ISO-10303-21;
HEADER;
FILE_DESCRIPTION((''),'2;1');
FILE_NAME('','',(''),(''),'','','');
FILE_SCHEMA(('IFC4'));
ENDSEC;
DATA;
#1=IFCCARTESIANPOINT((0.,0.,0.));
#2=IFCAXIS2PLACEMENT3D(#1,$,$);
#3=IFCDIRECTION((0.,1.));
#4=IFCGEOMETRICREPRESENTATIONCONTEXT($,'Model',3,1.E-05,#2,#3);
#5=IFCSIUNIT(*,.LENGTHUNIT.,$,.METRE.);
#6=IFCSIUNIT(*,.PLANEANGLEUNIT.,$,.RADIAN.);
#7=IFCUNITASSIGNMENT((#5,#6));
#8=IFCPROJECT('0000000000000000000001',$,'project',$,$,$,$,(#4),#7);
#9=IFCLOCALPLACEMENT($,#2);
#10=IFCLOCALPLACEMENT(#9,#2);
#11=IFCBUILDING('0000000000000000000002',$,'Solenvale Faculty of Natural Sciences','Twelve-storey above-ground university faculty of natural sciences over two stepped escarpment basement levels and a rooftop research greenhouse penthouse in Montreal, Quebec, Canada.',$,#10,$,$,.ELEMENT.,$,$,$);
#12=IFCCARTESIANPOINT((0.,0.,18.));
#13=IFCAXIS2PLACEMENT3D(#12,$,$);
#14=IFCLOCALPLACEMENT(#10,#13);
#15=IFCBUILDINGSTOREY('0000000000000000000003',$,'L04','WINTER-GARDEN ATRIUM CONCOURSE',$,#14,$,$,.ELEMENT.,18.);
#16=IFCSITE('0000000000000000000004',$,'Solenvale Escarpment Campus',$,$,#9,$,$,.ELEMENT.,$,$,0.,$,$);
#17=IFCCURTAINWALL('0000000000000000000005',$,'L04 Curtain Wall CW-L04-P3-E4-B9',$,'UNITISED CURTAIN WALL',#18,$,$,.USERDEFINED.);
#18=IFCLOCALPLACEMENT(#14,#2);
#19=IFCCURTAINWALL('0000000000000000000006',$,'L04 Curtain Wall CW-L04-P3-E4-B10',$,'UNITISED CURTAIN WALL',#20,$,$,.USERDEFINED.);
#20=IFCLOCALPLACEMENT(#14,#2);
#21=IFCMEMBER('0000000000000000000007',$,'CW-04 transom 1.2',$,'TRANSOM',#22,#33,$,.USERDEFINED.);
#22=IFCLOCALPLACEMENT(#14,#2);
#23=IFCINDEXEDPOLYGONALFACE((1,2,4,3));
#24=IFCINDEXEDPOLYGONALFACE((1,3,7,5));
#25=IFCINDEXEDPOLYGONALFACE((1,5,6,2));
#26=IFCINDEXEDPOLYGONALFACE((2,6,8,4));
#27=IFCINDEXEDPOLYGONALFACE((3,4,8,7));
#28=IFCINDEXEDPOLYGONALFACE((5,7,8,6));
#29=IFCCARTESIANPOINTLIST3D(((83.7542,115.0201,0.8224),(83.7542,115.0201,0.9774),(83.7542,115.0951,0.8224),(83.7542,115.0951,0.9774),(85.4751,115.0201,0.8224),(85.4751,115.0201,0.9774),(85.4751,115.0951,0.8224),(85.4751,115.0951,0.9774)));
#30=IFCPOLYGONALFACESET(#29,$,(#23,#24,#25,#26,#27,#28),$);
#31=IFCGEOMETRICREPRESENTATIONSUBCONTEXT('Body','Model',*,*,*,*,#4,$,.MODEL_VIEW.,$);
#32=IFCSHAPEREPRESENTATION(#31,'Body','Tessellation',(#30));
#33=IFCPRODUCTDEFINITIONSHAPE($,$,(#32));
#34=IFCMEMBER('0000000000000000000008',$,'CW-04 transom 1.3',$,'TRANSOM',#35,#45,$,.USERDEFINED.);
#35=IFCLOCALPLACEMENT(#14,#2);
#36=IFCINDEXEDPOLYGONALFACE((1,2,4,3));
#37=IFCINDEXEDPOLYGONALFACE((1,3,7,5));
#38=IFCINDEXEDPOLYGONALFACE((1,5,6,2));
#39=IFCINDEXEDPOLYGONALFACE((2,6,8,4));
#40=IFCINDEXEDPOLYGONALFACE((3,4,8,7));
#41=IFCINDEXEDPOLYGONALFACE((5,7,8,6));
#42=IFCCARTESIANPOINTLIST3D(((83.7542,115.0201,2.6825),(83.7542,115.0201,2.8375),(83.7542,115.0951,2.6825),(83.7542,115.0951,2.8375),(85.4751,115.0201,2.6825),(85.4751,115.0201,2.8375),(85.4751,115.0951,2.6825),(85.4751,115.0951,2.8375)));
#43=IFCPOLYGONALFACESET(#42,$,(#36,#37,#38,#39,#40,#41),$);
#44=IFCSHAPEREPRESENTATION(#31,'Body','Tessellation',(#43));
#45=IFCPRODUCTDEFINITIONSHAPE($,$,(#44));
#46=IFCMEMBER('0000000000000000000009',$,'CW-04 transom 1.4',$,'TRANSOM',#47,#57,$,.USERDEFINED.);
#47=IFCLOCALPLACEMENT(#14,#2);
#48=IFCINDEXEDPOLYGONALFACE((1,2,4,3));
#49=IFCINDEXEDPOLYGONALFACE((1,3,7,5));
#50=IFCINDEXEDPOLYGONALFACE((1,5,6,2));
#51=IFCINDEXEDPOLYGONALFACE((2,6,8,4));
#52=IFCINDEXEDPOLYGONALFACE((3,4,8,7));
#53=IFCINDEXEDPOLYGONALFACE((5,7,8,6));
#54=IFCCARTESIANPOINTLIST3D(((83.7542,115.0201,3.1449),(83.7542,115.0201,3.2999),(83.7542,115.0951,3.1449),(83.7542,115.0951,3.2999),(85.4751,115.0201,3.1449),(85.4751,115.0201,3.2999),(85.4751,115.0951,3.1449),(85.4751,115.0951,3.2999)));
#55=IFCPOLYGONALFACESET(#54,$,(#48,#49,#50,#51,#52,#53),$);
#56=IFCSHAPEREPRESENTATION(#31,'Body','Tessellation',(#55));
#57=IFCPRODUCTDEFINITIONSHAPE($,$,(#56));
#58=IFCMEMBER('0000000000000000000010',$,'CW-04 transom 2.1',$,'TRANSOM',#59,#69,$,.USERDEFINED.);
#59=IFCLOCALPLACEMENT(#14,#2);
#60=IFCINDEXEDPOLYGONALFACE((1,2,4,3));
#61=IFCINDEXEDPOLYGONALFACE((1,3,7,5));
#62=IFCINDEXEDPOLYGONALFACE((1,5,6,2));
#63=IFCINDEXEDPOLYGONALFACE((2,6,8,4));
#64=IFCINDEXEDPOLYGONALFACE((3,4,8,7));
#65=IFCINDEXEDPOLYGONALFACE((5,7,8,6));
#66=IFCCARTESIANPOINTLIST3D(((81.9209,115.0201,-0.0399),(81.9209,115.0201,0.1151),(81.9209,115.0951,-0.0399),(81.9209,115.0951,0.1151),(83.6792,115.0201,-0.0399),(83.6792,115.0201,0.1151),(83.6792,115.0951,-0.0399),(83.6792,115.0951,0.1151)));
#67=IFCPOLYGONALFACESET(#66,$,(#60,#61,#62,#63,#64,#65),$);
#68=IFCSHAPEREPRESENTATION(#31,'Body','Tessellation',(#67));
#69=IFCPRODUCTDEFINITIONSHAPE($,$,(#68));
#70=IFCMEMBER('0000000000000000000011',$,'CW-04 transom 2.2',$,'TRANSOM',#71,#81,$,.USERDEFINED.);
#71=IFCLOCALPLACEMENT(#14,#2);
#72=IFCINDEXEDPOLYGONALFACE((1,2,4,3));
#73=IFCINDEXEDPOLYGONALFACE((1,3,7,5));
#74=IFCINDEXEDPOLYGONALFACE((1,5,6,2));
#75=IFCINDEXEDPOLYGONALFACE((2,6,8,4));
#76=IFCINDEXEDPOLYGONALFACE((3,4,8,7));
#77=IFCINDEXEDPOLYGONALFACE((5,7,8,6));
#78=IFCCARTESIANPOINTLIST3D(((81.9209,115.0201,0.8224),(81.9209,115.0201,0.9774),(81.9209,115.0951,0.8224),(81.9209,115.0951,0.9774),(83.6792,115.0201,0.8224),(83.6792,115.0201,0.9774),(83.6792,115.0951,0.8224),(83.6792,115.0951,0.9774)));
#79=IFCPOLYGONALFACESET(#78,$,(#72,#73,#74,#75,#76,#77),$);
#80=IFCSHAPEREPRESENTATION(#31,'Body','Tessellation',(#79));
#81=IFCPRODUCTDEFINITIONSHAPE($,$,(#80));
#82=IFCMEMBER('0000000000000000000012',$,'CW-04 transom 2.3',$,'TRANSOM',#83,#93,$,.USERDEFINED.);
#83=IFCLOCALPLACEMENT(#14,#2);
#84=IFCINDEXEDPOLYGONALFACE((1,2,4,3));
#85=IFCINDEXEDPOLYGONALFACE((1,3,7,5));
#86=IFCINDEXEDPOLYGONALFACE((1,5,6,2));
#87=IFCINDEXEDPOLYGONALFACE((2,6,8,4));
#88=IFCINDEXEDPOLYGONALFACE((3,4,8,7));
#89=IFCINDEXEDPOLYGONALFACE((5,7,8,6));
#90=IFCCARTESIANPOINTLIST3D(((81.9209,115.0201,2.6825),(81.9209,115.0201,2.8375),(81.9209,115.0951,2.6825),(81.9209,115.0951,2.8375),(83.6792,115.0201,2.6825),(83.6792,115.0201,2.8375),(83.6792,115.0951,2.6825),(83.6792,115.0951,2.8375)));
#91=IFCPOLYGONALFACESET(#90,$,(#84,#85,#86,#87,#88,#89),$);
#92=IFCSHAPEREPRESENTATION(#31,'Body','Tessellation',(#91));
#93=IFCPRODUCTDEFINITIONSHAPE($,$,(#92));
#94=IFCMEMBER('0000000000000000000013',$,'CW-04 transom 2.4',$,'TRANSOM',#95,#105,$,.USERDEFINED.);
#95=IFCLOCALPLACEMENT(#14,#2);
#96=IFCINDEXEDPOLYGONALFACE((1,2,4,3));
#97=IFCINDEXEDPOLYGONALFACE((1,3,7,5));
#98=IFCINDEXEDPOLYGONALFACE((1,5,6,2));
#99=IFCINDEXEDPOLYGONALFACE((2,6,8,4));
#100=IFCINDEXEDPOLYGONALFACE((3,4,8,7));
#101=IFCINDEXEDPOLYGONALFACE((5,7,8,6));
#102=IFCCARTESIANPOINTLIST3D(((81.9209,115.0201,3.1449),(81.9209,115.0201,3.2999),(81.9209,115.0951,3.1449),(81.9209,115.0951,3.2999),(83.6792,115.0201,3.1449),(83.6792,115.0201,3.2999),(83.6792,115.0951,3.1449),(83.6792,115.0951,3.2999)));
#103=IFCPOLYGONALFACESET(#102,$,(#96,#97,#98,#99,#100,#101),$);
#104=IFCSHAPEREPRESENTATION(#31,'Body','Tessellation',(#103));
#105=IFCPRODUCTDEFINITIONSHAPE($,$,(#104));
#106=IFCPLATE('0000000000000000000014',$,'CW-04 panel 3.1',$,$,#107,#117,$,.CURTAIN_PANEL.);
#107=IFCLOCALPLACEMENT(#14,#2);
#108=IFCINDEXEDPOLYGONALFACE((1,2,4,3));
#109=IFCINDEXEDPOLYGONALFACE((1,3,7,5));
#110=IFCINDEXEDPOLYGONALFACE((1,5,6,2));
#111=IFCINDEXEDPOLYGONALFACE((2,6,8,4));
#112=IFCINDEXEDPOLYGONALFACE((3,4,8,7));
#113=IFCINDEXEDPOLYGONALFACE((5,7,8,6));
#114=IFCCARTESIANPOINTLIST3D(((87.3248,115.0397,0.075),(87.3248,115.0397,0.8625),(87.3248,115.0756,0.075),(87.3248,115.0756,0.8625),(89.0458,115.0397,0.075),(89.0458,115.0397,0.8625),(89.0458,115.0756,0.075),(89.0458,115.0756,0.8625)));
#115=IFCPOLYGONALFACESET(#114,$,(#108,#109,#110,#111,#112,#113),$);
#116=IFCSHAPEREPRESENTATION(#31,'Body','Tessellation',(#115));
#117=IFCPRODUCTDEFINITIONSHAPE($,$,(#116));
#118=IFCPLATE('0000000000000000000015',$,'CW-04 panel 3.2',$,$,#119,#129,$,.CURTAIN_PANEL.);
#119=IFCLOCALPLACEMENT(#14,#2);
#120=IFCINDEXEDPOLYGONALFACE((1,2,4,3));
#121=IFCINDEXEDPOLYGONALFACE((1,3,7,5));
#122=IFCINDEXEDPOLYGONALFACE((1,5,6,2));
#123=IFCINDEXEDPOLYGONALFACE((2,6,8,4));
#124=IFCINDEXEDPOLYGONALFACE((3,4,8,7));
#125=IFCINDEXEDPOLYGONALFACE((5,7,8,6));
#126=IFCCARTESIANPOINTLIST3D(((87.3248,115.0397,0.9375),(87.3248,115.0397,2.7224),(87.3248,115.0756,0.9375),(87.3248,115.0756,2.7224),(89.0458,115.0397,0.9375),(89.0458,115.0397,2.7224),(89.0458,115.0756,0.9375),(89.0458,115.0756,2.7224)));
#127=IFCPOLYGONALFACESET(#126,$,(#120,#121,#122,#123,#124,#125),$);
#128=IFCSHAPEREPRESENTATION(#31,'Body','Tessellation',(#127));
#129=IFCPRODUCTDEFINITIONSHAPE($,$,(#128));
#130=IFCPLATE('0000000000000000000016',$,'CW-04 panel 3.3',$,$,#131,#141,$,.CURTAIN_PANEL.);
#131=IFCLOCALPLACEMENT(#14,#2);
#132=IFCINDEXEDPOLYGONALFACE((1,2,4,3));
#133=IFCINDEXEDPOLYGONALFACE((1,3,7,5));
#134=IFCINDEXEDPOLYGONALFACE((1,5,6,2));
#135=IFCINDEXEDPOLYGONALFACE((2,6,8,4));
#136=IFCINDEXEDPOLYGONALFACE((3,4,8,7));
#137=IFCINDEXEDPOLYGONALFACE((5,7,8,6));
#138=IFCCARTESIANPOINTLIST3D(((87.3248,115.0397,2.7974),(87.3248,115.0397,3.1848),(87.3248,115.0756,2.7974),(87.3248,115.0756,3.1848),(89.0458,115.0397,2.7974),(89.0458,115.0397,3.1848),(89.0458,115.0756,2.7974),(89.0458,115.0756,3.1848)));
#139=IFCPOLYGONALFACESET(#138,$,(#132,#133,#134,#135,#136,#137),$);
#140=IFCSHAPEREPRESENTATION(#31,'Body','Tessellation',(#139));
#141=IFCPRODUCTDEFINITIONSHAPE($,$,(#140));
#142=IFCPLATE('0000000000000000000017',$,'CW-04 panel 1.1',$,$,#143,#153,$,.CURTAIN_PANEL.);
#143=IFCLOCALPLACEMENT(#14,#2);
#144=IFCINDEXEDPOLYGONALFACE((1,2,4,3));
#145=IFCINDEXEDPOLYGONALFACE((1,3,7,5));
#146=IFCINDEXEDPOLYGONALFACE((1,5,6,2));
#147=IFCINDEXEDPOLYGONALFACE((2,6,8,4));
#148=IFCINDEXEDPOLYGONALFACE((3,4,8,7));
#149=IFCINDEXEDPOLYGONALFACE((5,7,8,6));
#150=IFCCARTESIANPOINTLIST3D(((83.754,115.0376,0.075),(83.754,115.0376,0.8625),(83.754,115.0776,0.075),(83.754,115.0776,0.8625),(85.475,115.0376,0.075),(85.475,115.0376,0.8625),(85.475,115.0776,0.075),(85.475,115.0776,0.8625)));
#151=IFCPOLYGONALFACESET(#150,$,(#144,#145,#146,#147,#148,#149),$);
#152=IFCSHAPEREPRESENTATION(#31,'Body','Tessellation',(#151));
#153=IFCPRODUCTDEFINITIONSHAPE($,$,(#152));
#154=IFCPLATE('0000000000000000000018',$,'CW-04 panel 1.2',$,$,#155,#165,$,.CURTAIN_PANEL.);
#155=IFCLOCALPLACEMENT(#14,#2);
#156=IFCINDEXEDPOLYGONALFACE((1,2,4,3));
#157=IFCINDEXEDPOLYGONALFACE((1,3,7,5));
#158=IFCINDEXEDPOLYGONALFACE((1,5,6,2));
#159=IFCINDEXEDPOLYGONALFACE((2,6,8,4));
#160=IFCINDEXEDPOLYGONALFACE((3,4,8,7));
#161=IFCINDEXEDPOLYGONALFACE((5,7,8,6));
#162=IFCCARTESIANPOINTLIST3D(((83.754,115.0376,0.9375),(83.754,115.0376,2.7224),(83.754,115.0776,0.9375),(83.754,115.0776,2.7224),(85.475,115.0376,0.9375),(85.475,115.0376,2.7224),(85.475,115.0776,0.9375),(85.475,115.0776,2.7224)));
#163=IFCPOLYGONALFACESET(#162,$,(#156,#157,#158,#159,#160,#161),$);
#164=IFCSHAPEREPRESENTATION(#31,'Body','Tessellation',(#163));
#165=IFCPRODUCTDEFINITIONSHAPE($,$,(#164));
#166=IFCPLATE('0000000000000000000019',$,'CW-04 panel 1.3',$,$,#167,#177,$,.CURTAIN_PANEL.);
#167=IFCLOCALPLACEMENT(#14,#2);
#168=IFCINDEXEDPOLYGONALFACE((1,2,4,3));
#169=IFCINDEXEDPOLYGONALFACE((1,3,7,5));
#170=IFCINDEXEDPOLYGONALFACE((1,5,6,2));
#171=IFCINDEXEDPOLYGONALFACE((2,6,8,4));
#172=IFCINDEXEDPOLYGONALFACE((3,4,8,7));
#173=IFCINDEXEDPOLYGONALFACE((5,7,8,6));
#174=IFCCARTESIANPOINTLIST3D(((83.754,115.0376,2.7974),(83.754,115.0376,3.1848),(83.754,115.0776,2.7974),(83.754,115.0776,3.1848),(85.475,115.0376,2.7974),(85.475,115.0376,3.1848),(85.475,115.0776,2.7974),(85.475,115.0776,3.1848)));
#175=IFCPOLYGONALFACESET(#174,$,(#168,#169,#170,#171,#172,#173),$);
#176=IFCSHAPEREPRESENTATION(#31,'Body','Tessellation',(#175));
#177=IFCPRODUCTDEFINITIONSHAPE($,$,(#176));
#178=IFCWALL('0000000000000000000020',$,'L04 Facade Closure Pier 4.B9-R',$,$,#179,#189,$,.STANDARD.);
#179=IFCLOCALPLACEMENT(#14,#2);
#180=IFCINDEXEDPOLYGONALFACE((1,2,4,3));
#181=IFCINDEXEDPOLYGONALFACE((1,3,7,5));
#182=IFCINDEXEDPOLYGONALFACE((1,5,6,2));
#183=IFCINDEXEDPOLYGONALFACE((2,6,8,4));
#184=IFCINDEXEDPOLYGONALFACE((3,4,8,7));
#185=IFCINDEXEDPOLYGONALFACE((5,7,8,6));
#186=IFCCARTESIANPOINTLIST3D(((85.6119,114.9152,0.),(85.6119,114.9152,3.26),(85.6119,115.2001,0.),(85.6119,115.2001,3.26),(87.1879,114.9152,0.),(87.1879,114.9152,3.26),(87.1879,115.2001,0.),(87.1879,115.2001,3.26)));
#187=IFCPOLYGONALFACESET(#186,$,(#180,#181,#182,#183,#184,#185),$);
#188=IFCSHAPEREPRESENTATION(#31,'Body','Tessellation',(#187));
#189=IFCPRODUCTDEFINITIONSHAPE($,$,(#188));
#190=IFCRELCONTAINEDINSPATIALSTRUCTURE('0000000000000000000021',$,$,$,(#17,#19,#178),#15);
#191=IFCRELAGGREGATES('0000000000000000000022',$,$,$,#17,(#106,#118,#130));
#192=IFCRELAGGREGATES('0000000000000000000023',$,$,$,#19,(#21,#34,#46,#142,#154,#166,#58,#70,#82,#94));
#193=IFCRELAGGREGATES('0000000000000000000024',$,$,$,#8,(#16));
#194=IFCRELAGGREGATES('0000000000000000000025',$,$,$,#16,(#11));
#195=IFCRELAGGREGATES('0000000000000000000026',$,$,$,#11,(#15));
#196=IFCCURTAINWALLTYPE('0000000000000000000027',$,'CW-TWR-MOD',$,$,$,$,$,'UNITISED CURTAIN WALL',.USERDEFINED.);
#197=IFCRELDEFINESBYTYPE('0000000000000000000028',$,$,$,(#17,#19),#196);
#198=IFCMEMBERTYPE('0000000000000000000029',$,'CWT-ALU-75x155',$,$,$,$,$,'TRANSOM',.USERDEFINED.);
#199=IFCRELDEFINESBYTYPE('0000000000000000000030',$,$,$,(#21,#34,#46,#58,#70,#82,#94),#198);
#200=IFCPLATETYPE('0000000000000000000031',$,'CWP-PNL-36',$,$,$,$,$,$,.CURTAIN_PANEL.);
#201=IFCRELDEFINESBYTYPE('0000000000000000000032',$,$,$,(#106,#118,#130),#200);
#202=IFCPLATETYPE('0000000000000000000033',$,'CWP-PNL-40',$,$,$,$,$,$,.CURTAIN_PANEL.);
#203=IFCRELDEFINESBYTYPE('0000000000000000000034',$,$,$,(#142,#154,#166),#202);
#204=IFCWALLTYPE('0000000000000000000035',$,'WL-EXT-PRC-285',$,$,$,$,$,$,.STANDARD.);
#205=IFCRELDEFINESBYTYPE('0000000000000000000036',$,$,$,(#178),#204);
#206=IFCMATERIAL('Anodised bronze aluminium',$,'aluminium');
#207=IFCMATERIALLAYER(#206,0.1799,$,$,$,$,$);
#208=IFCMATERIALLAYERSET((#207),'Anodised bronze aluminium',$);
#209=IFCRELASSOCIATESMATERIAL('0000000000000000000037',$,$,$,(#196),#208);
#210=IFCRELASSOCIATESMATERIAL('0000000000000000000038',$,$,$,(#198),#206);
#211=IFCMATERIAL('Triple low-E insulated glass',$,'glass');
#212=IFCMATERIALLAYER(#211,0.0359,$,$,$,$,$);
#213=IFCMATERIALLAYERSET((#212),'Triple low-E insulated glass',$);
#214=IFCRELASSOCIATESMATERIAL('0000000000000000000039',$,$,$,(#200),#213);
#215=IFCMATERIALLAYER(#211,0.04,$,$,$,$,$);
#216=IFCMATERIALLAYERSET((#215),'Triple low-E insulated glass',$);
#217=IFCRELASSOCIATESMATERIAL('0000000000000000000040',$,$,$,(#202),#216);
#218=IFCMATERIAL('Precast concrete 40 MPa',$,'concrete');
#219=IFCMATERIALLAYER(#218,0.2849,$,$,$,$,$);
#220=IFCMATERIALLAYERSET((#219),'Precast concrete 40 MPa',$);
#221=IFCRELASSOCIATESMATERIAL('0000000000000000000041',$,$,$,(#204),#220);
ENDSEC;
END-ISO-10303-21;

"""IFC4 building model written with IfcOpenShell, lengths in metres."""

from ifc_helpers import new_model, si_unit, direction, frame, frame_2d, origin, origin_2d, place, context, subcontext, project, spatial, rectangle, extrude, material, layer, layer_set, material_profile, profile_set, type_object, element, aggregate, save


model = new_model("IFC4")

# Units and contexts
model_context = context("Model", 3, precision=1e-05, world=origin(), true_north=direction((0.0, 1.0)))
body_context = subcontext(model_context, "Body", "Model", "MODEL_VIEW")
ifc_project = project(units=[si_unit("LENGTHUNIT", "METRE"), si_unit("PLANEANGLEUNIT", "RADIAN")], contexts=[model_context])

# Site, building, storey
site_placement = place(None, origin())
site = spatial("IfcSite", under=ifc_project, at=site_placement, Name="Solenvale Escarpment Campus", CompositionType="ELEMENT", RefElevation=0.0)
building_placement = place(site_placement, origin())
building = spatial("IfcBuilding", under=site, at=building_placement, Name="Solenvale Faculty of Natural Sciences", Description="Twelve-storey above-ground university faculty of natural sciences over two stepped escarpment basement levels and a rooftop research greenhouse penthouse in Montreal, Quebec, Canada.", CompositionType="ELEMENT")
storey_placement = place(building_placement, frame((0.0, 0.0, 18.0)))
storey = spatial("IfcBuildingStorey", under=building, at=storey_placement, Name="L04", Description="WINTER-GARDEN ATRIUM CONCOURSE", CompositionType="ELEMENT", Elevation=18.0)

# Shared definitions
ifc_material_1 = material(Name="Precast concrete 40 MPa", Category="concrete")

# Curtain wall
ifc_material_2 = material(Name="Anodised bronze aluminium", Category="aluminium")
ifc_layer_1 = layer(ifc_material_2, 0.1799)
ifc_layer_set_1 = layer_set([ifc_layer_1], Name="Anodised bronze aluminium")
curtain_wall_type = type_object("IfcCurtainWallType", Name="CW-TWR-MOD", ElementType="UNITISED CURTAIN WALL", PredefinedType="USERDEFINED", material=ifc_layer_set_1)
curtain_wall_1_placement = place(storey_placement, origin())
curtain_wall_1 = element("IfcCurtainWall", 1, at=curtain_wall_1_placement, inside=storey, type_object=curtain_wall_type, Name="L04 Curtain Wall CW-L04-P3-E4-B9", ObjectType="UNITISED CURTAIN WALL", PredefinedType="USERDEFINED")

# Curtain wall
curtain_wall_2_placement = place(storey_placement, origin())
curtain_wall_2 = element("IfcCurtainWall", 2, at=curtain_wall_2_placement, inside=storey, type_object=curtain_wall_type, Name="L04 Curtain Wall CW-L04-P3-E4-B10", ObjectType="UNITISED CURTAIN WALL", PredefinedType="USERDEFINED")

# Members
ifc_material_profile_1 = material_profile(ifc_material_2, rectangle(XDim=0.075, YDim=0.155, at=origin_2d()), Name="ALU-TRN-75x155")
ifc_profile_set_1 = profile_set([ifc_material_profile_1], Name="Anodised bronze aluminium")
member_type_1 = type_object("IfcMemberType", Name="CWT-ALU-75x155", ElementType="TRANSOM", PredefinedType="USERDEFINED", material=ifc_profile_set_1)
member_1_placement = place(storey_placement, frame((85.4751, 115.0576, 0.8999), z_axis=(-1.0, 0.0, 0.0), x_axis=(0.0, -1.0, 0.0)))
member_1 = element("IfcMember", 3, at=member_1_placement, type_object=member_type_1, Name="CW-04 transom 1.2", ObjectType="TRANSOM", PredefinedType="USERDEFINED", context=body_context, shape_type="SweptSolid", body=[
    extrude(rectangle(XDim=0.075, YDim=0.155, at=origin_2d()), origin(), (0.0, 0.0, 1.0), 1.7209),
])
member_2_placement = place(storey_placement, frame((85.4751, 115.0576, 2.76), z_axis=(-1.0, 0.0, 0.0), x_axis=(0.0, -1.0, 0.0)))
member_2 = element("IfcMember", 4, at=member_2_placement, type_object=member_type_1, Name="CW-04 transom 1.3", ObjectType="TRANSOM", PredefinedType="USERDEFINED", context=body_context, shape_type="SweptSolid", body=[
    extrude(rectangle(XDim=0.075, YDim=0.155, at=origin_2d()), origin(), (0.0, 0.0, 1.0), 1.7209),
])
member_3_placement = place(storey_placement, frame((85.4751, 115.0576, 3.2224), z_axis=(-1.0, 0.0, 0.0), x_axis=(0.0, -1.0, 0.0)))
member_3 = element("IfcMember", 5, at=member_3_placement, type_object=member_type_1, Name="CW-04 transom 1.4", ObjectType="TRANSOM", PredefinedType="USERDEFINED", context=body_context, shape_type="SweptSolid", body=[
    extrude(rectangle(XDim=0.075, YDim=0.155, at=origin_2d()), origin(), (0.0, 0.0, 1.0), 1.7209),
])
member_4_placement = place(storey_placement, frame((83.6792, 115.0576, 0.0376), z_axis=(-1.0, 0.0, 0.0), x_axis=(0.0, -1.0, 0.0)))
member_4 = element("IfcMember", 6, at=member_4_placement, type_object=member_type_1, Name="CW-04 transom 2.1", ObjectType="TRANSOM", PredefinedType="USERDEFINED", context=body_context, shape_type="SweptSolid", body=[
    extrude(rectangle(XDim=0.075, YDim=0.155, at=origin_2d()), origin(), (0.0, 0.0, 1.0), 1.7583),
])
member_5_placement = place(storey_placement, frame((83.6792, 115.0576, 0.8999), z_axis=(-1.0, 0.0, 0.0), x_axis=(0.0, -1.0, 0.0)))
member_5 = element("IfcMember", 7, at=member_5_placement, type_object=member_type_1, Name="CW-04 transom 2.2", ObjectType="TRANSOM", PredefinedType="USERDEFINED", context=body_context, shape_type="SweptSolid", body=[
    extrude(rectangle(XDim=0.075, YDim=0.155, at=origin_2d()), origin(), (0.0, 0.0, 1.0), 1.7583),
])
member_6_placement = place(storey_placement, frame((83.6792, 115.0576, 2.76), z_axis=(-1.0, 0.0, 0.0), x_axis=(0.0, -1.0, 0.0)))
member_6 = element("IfcMember", 8, at=member_6_placement, type_object=member_type_1, Name="CW-04 transom 2.3", ObjectType="TRANSOM", PredefinedType="USERDEFINED", context=body_context, shape_type="SweptSolid", body=[
    extrude(rectangle(XDim=0.075, YDim=0.155, at=origin_2d()), origin(), (0.0, 0.0, 1.0), 1.7583),
])
member_7_placement = place(storey_placement, frame((83.6792, 115.0576, 3.2224), z_axis=(-1.0, 0.0, 0.0), x_axis=(0.0, -1.0, 0.0)))
member_7 = element("IfcMember", 9, at=member_7_placement, type_object=member_type_1, Name="CW-04 transom 2.4", ObjectType="TRANSOM", PredefinedType="USERDEFINED", context=body_context, shape_type="SweptSolid", body=[
    extrude(rectangle(XDim=0.075, YDim=0.155, at=origin_2d()), origin(), (0.0, 0.0, 1.0), 1.7583),
])

# Plates
ifc_material_3 = material(Name="Triple low-E insulated glass", Category="glass")
ifc_layer_2 = layer(ifc_material_3, 0.0359)
ifc_layer_set_2 = layer_set([ifc_layer_2], Name="Triple low-E insulated glass")
plate_type_1 = type_object("IfcPlateType", Name="CWP-PNL-36", PredefinedType="CURTAIN_PANEL", material=ifc_layer_set_2)
plate_1_placement = place(storey_placement, frame((88.1853, 115.0576, 0.075), z_axis=(0.0, 0.0, 1.0), x_axis=(-1.0, 0.0, 0.0)))
plate_1 = element("IfcPlate", 10, at=plate_1_placement, type_object=plate_type_1, Name="CW-04 panel 3.1", PredefinedType="CURTAIN_PANEL", context=body_context, shape_type="SweptSolid", body=[
    extrude(rectangle(XDim=1.7209, YDim=0.0359, at=origin_2d()), origin(), (0.0, 0.0, 1.0), 0.7876),
])
plate_2_placement = place(storey_placement, frame((88.1853, 115.0576, 0.9375), z_axis=(0.0, 0.0, 1.0), x_axis=(-1.0, 0.0, 0.0)))
plate_2 = element("IfcPlate", 11, at=plate_2_placement, type_object=plate_type_1, Name="CW-04 panel 3.2", PredefinedType="CURTAIN_PANEL", context=body_context, shape_type="SweptSolid", body=[
    extrude(rectangle(XDim=1.7209, YDim=0.0359, at=origin_2d()), origin(), (0.0, 0.0, 1.0), 1.7849),
])
plate_3_placement = place(storey_placement, frame((88.1853, 115.0576, 2.7974), z_axis=(0.0, 0.0, 1.0), x_axis=(-1.0, 0.0, 0.0)))
plate_3 = element("IfcPlate", 12, at=plate_3_placement, type_object=plate_type_1, Name="CW-04 panel 3.3", PredefinedType="CURTAIN_PANEL", context=body_context, shape_type="SweptSolid", body=[
    extrude(rectangle(XDim=1.7209, YDim=0.0359, at=origin_2d()), origin(), (0.0, 0.0, 1.0), 0.3875),
])
aggregate(curtain_wall_1, [plate_1, plate_2, plate_3])
ifc_layer_3 = layer(ifc_material_3, 0.04)
ifc_layer_set_3 = layer_set([ifc_layer_3], Name="Triple low-E insulated glass")
plate_type_2 = type_object("IfcPlateType", Name="CWP-PNL-40", PredefinedType="CURTAIN_PANEL", material=ifc_layer_set_3)
plate_4_placement = place(storey_placement, frame((84.6145, 115.0576, 0.075), z_axis=(0.0, 0.0, 1.0), x_axis=(-1.0, 0.0, 0.0)))
plate_4 = element("IfcPlate", 13, at=plate_4_placement, type_object=plate_type_2, Name="CW-04 panel 1.1", PredefinedType="CURTAIN_PANEL", context=body_context, shape_type="SweptSolid", body=[
    extrude(rectangle(XDim=1.7209, YDim=0.04, at=origin_2d()), origin(), (0.0, 0.0, 1.0), 0.7876),
])
plate_5_placement = place(storey_placement, frame((84.6145, 115.0576, 0.9375), z_axis=(0.0, 0.0, 1.0), x_axis=(-1.0, 0.0, 0.0)))
plate_5 = element("IfcPlate", 14, at=plate_5_placement, type_object=plate_type_2, Name="CW-04 panel 1.2", PredefinedType="CURTAIN_PANEL", context=body_context, shape_type="SweptSolid", body=[
    extrude(rectangle(XDim=1.7209, YDim=0.04, at=origin_2d()), origin(), (0.0, 0.0, 1.0), 1.7849),
])
plate_6_placement = place(storey_placement, frame((84.6145, 115.0576, 2.7974), z_axis=(0.0, 0.0, 1.0), x_axis=(-1.0, 0.0, 0.0)))
plate_6 = element("IfcPlate", 15, at=plate_6_placement, type_object=plate_type_2, Name="CW-04 panel 1.3", PredefinedType="CURTAIN_PANEL", context=body_context, shape_type="SweptSolid", body=[
    extrude(rectangle(XDim=1.7209, YDim=0.04, at=origin_2d()), origin(), (0.0, 0.0, 1.0), 0.3875),
])
aggregate(curtain_wall_2, [member_1, member_2, member_3, plate_4, plate_5, plate_6, member_4, member_5, member_6, member_7])

# Wall
ifc_layer_4 = layer(ifc_material_1, 0.2849)
ifc_layer_set_4 = layer_set([ifc_layer_4], Name="Precast concrete 40 MPa")
wall_type = type_object("IfcWallType", Name="WL-EXT-PRC-285", PredefinedType="STANDARD", material=ifc_layer_set_4)
wall_placement = place(storey_placement, frame((87.188, 115.0576, 0.0), z_axis=(0.0, 0.0, 1.0), x_axis=(-1.0, 0.0, 0.0)))
element("IfcWall", 16, at=wall_placement, inside=storey, type_object=wall_type, Name="L04 Facade Closure Pier 4.B9-R", PredefinedType="STANDARD", context=body_context, shape_type="SweptSolid", body=[
    extrude(rectangle(XDim=1.5759, YDim=0.2849, at=frame_2d((0.7881, 0.0))), origin(), (0.0, 0.0, 1.0), 3.26),
])

save(model, "model.ifc")
